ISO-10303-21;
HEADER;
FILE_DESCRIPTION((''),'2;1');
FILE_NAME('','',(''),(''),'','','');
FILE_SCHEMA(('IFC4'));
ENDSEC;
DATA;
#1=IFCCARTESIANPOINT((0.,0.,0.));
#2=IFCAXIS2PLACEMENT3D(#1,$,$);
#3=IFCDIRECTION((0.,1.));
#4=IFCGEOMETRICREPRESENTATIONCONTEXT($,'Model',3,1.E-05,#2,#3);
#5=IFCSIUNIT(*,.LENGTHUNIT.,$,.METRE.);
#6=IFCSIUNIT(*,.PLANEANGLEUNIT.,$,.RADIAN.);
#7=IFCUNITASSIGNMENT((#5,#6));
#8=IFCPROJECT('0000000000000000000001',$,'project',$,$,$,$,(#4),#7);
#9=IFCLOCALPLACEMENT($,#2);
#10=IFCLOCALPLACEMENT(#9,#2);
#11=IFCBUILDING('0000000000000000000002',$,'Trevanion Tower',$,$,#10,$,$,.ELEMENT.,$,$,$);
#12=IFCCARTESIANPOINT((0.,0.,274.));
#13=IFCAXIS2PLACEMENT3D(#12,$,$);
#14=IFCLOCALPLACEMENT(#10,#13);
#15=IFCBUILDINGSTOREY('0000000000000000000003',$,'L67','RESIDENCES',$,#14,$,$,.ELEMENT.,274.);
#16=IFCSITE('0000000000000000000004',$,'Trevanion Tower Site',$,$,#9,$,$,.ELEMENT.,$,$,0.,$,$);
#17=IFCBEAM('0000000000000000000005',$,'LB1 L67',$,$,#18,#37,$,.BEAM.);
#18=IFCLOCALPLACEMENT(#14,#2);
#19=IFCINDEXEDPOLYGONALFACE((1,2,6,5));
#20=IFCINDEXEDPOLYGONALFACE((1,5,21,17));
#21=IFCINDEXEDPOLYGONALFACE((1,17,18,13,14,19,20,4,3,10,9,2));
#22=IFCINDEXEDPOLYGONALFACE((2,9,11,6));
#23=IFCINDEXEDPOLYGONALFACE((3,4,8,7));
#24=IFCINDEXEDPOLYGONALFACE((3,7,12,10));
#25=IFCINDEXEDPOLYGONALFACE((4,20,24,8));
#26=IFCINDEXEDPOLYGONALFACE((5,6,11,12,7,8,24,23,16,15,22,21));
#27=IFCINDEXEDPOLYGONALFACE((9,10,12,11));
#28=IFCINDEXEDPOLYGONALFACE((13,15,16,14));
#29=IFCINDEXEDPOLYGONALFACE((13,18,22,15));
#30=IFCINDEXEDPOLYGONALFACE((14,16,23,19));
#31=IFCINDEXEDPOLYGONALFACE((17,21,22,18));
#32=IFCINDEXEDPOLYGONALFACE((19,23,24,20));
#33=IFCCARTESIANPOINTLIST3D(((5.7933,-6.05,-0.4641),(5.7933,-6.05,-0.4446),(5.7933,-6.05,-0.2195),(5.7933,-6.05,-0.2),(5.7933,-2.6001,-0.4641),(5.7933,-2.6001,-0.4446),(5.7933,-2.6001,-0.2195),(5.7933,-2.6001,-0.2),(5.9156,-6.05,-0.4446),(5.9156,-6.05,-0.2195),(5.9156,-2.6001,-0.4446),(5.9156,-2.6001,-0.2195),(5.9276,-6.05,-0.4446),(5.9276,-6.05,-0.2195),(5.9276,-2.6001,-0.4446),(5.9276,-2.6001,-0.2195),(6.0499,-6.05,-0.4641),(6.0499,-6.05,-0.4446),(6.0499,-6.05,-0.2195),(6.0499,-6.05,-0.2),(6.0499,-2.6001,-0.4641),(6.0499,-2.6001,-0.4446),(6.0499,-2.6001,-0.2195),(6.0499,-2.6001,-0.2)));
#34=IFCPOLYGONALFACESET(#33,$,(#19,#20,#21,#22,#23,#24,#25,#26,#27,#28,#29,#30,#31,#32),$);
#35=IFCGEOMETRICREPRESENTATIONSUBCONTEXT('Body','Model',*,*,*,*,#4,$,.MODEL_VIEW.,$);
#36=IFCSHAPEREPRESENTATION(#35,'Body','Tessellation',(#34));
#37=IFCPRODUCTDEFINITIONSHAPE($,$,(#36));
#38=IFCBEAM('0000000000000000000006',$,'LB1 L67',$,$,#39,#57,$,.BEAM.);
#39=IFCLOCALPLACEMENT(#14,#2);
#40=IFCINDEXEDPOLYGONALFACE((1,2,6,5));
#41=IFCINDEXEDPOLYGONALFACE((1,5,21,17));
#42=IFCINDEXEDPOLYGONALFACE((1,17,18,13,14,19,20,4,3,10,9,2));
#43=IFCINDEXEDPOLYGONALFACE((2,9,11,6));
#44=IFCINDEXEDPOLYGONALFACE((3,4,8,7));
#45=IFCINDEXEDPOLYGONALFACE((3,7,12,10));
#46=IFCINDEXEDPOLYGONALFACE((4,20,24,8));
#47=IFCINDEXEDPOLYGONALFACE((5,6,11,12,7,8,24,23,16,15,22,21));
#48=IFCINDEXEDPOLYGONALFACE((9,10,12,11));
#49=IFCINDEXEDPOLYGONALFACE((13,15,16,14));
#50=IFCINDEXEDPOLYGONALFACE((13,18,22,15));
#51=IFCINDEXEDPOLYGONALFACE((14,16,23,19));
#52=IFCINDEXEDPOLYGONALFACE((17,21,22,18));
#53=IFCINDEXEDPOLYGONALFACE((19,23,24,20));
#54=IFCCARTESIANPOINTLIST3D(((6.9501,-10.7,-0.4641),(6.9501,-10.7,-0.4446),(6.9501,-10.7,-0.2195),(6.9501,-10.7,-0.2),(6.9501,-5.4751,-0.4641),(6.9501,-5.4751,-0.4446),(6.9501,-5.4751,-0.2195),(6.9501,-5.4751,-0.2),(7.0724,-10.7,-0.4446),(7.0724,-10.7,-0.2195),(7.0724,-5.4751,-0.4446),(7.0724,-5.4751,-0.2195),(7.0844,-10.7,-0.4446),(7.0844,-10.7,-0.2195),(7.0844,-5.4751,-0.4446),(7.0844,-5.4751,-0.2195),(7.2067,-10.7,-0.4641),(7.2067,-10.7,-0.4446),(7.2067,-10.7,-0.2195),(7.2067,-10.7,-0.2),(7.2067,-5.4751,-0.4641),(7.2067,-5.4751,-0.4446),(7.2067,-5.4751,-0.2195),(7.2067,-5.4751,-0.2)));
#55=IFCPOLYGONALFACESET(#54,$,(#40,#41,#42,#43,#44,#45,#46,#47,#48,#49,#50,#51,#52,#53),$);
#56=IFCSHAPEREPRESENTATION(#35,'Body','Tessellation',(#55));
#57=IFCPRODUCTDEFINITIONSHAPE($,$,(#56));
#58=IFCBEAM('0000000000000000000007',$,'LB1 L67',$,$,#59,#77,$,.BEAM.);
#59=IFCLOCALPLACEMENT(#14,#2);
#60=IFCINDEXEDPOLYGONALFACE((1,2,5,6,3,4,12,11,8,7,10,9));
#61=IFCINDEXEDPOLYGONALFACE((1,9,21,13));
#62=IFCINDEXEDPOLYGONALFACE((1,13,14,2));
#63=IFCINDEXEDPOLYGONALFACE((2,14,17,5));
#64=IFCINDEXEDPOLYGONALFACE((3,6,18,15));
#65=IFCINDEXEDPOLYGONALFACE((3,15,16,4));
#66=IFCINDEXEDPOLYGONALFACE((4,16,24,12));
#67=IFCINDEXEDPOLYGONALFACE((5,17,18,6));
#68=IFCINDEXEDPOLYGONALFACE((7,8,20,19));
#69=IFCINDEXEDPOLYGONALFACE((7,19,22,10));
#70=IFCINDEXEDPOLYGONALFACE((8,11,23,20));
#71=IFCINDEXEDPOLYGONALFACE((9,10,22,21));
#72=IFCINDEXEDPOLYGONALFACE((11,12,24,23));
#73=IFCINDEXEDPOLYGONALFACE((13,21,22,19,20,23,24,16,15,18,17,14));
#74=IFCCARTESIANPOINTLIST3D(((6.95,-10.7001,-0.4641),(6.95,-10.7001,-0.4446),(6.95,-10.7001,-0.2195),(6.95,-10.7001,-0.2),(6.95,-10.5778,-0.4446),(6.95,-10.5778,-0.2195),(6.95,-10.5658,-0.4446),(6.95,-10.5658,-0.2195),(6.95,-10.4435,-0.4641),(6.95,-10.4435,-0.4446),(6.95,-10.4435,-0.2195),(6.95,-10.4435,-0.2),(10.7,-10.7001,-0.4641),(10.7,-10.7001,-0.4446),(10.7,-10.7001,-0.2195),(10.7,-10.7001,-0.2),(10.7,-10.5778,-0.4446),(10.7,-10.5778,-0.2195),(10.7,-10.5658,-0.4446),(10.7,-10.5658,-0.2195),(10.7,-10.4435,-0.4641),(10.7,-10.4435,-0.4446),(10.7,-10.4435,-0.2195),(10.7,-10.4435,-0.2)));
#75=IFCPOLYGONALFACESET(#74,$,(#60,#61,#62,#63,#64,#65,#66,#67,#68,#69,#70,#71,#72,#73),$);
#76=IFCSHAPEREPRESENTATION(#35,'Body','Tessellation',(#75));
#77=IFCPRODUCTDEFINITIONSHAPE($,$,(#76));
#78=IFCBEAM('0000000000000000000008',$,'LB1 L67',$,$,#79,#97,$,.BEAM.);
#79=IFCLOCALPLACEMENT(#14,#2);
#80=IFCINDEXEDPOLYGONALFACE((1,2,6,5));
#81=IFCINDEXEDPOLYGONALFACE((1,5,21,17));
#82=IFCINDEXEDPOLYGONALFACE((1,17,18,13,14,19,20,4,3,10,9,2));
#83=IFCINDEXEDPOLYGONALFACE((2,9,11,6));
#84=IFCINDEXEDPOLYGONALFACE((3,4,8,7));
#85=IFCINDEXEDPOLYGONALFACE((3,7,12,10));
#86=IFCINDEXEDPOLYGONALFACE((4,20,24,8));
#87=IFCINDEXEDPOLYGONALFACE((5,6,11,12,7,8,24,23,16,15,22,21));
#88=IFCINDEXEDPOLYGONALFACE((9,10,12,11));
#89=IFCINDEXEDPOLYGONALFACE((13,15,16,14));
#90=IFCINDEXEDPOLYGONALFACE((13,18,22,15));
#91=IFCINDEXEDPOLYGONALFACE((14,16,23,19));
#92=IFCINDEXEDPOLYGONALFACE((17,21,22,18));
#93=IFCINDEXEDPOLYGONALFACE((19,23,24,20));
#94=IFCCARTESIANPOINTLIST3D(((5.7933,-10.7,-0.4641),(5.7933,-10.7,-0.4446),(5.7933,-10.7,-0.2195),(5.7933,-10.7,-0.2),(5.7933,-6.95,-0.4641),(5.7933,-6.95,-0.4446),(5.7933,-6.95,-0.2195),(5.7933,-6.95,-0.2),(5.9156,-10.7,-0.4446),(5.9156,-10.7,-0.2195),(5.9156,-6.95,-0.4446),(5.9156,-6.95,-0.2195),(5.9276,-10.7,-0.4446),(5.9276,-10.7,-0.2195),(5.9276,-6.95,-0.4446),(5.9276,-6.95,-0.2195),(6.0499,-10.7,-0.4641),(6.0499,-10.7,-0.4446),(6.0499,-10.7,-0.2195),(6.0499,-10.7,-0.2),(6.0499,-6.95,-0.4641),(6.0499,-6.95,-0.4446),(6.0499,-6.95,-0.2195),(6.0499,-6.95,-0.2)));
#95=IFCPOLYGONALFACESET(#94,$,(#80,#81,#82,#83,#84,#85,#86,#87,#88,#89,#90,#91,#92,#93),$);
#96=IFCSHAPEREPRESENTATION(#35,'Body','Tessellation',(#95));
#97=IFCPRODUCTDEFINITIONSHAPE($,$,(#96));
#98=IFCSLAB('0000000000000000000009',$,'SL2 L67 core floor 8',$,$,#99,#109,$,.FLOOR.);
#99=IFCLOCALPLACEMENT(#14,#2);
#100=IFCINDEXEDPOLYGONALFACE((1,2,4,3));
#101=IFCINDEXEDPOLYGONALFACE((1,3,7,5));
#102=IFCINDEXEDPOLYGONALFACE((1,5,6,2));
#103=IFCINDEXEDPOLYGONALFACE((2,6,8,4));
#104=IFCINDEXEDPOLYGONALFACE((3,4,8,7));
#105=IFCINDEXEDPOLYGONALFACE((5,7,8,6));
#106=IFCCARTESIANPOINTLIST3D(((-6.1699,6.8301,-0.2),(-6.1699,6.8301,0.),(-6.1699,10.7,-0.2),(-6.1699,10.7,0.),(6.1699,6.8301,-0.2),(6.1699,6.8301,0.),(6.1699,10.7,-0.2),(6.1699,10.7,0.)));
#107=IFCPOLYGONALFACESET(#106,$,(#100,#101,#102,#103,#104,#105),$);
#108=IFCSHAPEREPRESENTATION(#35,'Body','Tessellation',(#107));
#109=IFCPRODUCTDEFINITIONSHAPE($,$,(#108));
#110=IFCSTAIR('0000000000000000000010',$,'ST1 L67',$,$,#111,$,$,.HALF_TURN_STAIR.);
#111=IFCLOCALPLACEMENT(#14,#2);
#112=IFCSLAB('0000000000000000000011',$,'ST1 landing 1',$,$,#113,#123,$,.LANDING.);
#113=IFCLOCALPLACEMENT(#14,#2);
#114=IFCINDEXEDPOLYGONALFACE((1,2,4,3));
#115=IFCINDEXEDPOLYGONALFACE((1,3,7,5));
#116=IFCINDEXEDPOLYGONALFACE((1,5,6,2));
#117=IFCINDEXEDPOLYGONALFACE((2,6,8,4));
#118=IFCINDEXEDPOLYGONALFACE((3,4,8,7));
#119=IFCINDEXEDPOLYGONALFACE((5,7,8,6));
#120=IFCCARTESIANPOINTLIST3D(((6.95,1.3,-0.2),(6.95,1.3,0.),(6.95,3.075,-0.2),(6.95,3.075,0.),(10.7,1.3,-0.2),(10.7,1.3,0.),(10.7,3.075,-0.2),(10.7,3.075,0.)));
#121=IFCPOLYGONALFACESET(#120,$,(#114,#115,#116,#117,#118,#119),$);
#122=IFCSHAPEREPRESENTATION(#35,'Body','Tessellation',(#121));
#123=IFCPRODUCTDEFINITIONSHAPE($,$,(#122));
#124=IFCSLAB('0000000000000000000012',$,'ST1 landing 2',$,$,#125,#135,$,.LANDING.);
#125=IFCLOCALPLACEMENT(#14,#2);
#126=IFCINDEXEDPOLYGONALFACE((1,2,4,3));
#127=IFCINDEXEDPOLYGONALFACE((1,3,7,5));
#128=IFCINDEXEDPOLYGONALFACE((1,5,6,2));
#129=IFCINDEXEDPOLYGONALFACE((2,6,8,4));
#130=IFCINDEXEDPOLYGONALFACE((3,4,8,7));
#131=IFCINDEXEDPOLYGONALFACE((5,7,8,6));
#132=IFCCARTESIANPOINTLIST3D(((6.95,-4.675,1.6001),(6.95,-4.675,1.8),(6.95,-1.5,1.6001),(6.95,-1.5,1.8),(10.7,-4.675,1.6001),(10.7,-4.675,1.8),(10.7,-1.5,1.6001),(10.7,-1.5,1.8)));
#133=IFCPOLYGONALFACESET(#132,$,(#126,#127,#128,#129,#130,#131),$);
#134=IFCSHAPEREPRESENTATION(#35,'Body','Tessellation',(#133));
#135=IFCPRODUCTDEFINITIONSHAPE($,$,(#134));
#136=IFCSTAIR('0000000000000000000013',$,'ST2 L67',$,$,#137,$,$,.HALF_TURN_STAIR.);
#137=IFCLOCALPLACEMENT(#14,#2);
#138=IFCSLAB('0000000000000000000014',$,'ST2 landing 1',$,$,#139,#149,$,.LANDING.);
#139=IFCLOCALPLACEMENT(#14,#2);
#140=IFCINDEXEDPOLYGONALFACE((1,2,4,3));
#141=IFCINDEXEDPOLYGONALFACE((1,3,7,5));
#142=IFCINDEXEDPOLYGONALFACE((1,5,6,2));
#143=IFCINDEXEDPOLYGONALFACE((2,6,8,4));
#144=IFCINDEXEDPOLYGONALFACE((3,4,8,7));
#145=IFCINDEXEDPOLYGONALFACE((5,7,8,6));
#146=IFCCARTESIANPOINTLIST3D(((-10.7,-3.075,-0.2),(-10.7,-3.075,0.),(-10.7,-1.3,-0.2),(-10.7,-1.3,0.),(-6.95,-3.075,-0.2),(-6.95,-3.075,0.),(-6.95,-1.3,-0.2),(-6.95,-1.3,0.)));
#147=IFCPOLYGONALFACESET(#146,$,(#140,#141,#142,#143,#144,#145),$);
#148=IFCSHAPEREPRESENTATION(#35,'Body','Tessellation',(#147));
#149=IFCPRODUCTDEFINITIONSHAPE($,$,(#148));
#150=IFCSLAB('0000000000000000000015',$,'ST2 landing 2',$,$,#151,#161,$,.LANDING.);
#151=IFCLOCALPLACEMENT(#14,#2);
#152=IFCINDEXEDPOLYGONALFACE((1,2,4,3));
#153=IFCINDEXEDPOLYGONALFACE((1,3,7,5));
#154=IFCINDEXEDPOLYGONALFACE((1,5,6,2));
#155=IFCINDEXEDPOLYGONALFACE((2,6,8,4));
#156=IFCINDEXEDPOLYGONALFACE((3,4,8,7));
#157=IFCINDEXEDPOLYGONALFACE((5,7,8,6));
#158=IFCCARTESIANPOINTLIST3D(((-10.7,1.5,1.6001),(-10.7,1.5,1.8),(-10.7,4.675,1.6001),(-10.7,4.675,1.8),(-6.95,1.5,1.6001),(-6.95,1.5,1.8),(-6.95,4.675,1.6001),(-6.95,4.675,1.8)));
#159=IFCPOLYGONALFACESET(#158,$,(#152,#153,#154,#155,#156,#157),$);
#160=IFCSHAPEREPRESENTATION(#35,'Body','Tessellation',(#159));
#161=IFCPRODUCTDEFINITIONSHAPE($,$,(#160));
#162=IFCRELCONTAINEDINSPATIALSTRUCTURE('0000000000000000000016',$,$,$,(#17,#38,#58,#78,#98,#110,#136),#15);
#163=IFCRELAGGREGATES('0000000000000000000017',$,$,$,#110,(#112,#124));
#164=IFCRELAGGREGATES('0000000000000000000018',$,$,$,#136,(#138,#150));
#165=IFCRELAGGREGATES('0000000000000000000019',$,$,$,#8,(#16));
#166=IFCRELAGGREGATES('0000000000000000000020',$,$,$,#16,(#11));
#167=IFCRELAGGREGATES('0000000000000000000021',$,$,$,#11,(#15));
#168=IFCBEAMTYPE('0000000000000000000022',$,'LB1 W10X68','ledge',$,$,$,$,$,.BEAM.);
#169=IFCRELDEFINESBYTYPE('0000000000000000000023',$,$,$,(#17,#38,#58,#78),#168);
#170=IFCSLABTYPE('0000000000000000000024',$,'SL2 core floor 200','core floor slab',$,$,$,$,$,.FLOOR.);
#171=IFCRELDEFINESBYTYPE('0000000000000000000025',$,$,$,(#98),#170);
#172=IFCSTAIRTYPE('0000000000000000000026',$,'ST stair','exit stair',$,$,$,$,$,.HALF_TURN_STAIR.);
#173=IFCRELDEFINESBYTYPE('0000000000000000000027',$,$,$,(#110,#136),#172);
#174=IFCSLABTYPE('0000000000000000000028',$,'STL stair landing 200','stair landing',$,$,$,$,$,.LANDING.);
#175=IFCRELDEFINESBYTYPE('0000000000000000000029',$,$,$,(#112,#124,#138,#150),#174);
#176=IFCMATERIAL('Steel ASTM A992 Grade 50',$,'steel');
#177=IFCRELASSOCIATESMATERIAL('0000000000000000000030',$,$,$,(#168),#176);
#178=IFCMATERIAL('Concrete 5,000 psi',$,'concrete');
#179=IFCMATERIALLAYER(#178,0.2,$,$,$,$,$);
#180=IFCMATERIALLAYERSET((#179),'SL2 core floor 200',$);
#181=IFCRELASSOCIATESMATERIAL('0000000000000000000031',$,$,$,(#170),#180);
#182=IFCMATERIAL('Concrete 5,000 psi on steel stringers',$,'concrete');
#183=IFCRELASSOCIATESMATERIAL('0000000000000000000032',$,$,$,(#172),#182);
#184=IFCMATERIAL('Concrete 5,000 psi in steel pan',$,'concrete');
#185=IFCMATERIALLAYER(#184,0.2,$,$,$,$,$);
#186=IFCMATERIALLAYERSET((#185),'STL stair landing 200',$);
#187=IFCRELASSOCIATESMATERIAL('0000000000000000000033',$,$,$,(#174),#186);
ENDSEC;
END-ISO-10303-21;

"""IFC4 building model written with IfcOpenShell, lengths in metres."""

from ifc_helpers import new_model, si_unit, direction, frame, origin, origin_2d, place, context, subcontext, project, spatial, polyline, i_section, outline, extrude, material, layer, layer_set, material_profile, profile_set, type_object, element, aggregate, save


model = new_model("IFC4")

# Units and contexts
model_context = context("Model", 3, precision=1e-05, world=origin(), true_north=direction((0.0, 1.0)))
body_context = subcontext(model_context, "Body", "Model", "MODEL_VIEW")
ifc_project = project(units=[si_unit("LENGTHUNIT", "METRE"), si_unit("PLANEANGLEUNIT", "RADIAN")], contexts=[model_context])

# Site, building, storey
site_placement = place(None, origin())
site = spatial("IfcSite", under=ifc_project, at=site_placement, Name="Trevanion Tower Site", CompositionType="ELEMENT", RefElevation=0.0)
building_placement = place(site_placement, origin())
building = spatial("IfcBuilding", under=site, at=building_placement, Name="Trevanion Tower", CompositionType="ELEMENT")
storey_placement = place(building_placement, frame((0.0, 0.0, 274.0)))
storey = spatial("IfcBuildingStorey", under=building, at=storey_placement, Name="L67", Description="RESIDENCES", CompositionType="ELEMENT", Elevation=274.0)

# Beams
ifc_material_1 = material(Name="Steel ASTM A992 Grade 50", Category="steel")
ifc_material_profile = material_profile(ifc_material_1, i_section(OverallWidth=0.2566, OverallDepth=0.2642, WebThickness=0.012, FlangeThickness=0.0195, at=origin_2d()), Name="W10X68")
ifc_profile_set = profile_set([ifc_material_profile], Name="Steel ASTM A992 Grade 50")
beam_type = type_object("IfcBeamType", Name="LB1 W10X68", Description="ledge", PredefinedType="BEAM", material=ifc_profile_set)
beam_1_placement = place(storey_placement, frame((5.9216, -6.05, -0.332), z_axis=(0.0, 1.0, 0.0), x_axis=(-1.0, 0.0, 0.0)))
element("IfcBeam", 1, at=beam_1_placement, inside=storey, type_object=beam_type, Name="LB1 L67", PredefinedType="BEAM", context=body_context, shape_type="SweptSolid", body=[
    extrude(i_section(OverallWidth=0.2566, OverallDepth=0.2642, WebThickness=0.012, FlangeThickness=0.0195, at=origin_2d()), origin(), (0.0, 0.0, 1.0), 3.45),
])
beam_2_placement = place(storey_placement, frame((7.0784, -10.7, -0.332), z_axis=(0.0, 1.0, 0.0), x_axis=(-1.0, 0.0, 0.0)))
element("IfcBeam", 2, at=beam_2_placement, inside=storey, type_object=beam_type, Name="LB1 L67", PredefinedType="BEAM", context=body_context, shape_type="SweptSolid", body=[
    extrude(i_section(OverallWidth=0.2566, OverallDepth=0.2642, WebThickness=0.012, FlangeThickness=0.0195, at=origin_2d()), origin(), (0.0, 0.0, 1.0), 5.2249),
])
for number, where, z_axis, x_axis, name in (
    (3, (6.95, -10.5718, -0.332), (1.0, 0.0, 0.0), (0.0, 1.0, 0.0), "LB1 L67"),
    (4, (5.9216, -10.7, -0.332), (0.0, 1.0, 0.0), (-1.0, 0.0, 0.0), "LB1 L67"),
):
    element("IfcBeam", number, at=place(storey_placement, frame(where, z_axis=z_axis, x_axis=x_axis)), inside=storey, type_object=beam_type, Name=name, PredefinedType="BEAM", context=body_context, shape_type="SweptSolid", body=[
        extrude(i_section(OverallWidth=0.2566, OverallDepth=0.2642, WebThickness=0.012, FlangeThickness=0.0195, at=origin_2d()), origin(), (0.0, 0.0, 1.0), 3.75),
    ])

# Slab
ifc_material_2 = material(Name="Concrete 5,000 psi", Category="concrete")
ifc_layer_1 = layer(ifc_material_2, 0.2)
ifc_layer_set_1 = layer_set([ifc_layer_1], Name="SL2 core floor 200")
slab_type_1 = type_object("IfcSlabType", Name="SL2 core floor 200", Description="core floor slab", PredefinedType="FLOOR", material=ifc_layer_set_1)
slab_1_placement = place(storey_placement, frame((0.0, 0.0, -0.2)))
element("IfcSlab", 5, at=slab_1_placement, inside=storey, type_object=slab_type_1, Name="SL2 L67 core floor 8", PredefinedType="FLOOR", context=body_context, shape_type="SweptSolid", body=[
    extrude(outline(polyline([(6.1699, 6.8301), (-6.1699, 6.8301), (-6.1699, 10.7), (6.1699, 10.7), (6.1699, 6.8301)])), origin(), (0.0, 0.0, 1.0), 0.2),
])

# Stairs, slabs
ifc_material_3 = material(Name="Concrete 5,000 psi on steel stringers", Category="concrete")
stair_type = type_object("IfcStairType", Name="ST stair", Description="exit stair", PredefinedType="HALF_TURN_STAIR", material=ifc_material_3)
stair_1_placement = place(storey_placement, origin())
stair_1 = element("IfcStair", 6, at=stair_1_placement, inside=storey, type_object=stair_type, Name="ST1 L67", PredefinedType="HALF_TURN_STAIR")
ifc_material_4 = material(Name="Concrete 5,000 psi in steel pan", Category="concrete")
ifc_layer_2 = layer(ifc_material_4, 0.2)
ifc_layer_set_2 = layer_set([ifc_layer_2], Name="STL stair landing 200")
slab_type_2 = type_object("IfcSlabType", Name="STL stair landing 200", Description="stair landing", PredefinedType="LANDING", material=ifc_layer_set_2)
slab_2_placement = place(storey_placement, frame((0.0, 0.0, -0.2)))
slab_2 = element("IfcSlab", 7, at=slab_2_placement, type_object=slab_type_2, Name="ST1 landing 1", PredefinedType="LANDING", context=body_context, shape_type="SweptSolid", body=[
    extrude(outline(polyline([(6.95, 1.3), (10.7, 1.3), (10.7, 3.075), (6.95, 3.075), (6.95, 1.3)])), origin(), (0.0, 0.0, 1.0), 0.2),
])
slab_3_placement = place(storey_placement, frame((0.0, 0.0, 1.6001)))
slab_3 = element("IfcSlab", 8, at=slab_3_placement, type_object=slab_type_2, Name="ST1 landing 2", PredefinedType="LANDING", context=body_context, shape_type="SweptSolid", body=[
    extrude(outline(polyline([(6.95, -4.675), (10.7, -4.675), (10.7, -1.5), (6.95, -1.5), (6.95, -4.675)])), origin(), (0.0, 0.0, 1.0), 0.2),
])
aggregate(stair_1, [slab_2, slab_3])
stair_2_placement = place(storey_placement, origin())
stair_2 = element("IfcStair", 9, at=stair_2_placement, inside=storey, type_object=stair_type, Name="ST2 L67", PredefinedType="HALF_TURN_STAIR")
slab_4_placement = place(storey_placement, frame((0.0, 0.0, -0.2)))
slab_4 = element("IfcSlab", 10, at=slab_4_placement, type_object=slab_type_2, Name="ST2 landing 1", PredefinedType="LANDING", context=body_context, shape_type="SweptSolid", body=[
    extrude(outline(polyline([(-6.95, -1.3), (-10.7, -1.3), (-10.7, -3.075), (-6.95, -3.075), (-6.95, -1.3)])), origin(), (0.0, 0.0, 1.0), 0.2),
])
slab_5_placement = place(storey_placement, frame((0.0, 0.0, 1.6001)))
slab_5 = element("IfcSlab", 11, at=slab_5_placement, type_object=slab_type_2, Name="ST2 landing 2", PredefinedType="LANDING", context=body_context, shape_type="SweptSolid", body=[
    extrude(outline(polyline([(-6.95, 4.675), (-10.7, 4.675), (-10.7, 1.5), (-6.95, 1.5), (-6.95, 4.675)])), origin(), (0.0, 0.0, 1.0), 0.2),
])
aggregate(stair_2, [slab_4, slab_5])

save(model, "model.ifc")
